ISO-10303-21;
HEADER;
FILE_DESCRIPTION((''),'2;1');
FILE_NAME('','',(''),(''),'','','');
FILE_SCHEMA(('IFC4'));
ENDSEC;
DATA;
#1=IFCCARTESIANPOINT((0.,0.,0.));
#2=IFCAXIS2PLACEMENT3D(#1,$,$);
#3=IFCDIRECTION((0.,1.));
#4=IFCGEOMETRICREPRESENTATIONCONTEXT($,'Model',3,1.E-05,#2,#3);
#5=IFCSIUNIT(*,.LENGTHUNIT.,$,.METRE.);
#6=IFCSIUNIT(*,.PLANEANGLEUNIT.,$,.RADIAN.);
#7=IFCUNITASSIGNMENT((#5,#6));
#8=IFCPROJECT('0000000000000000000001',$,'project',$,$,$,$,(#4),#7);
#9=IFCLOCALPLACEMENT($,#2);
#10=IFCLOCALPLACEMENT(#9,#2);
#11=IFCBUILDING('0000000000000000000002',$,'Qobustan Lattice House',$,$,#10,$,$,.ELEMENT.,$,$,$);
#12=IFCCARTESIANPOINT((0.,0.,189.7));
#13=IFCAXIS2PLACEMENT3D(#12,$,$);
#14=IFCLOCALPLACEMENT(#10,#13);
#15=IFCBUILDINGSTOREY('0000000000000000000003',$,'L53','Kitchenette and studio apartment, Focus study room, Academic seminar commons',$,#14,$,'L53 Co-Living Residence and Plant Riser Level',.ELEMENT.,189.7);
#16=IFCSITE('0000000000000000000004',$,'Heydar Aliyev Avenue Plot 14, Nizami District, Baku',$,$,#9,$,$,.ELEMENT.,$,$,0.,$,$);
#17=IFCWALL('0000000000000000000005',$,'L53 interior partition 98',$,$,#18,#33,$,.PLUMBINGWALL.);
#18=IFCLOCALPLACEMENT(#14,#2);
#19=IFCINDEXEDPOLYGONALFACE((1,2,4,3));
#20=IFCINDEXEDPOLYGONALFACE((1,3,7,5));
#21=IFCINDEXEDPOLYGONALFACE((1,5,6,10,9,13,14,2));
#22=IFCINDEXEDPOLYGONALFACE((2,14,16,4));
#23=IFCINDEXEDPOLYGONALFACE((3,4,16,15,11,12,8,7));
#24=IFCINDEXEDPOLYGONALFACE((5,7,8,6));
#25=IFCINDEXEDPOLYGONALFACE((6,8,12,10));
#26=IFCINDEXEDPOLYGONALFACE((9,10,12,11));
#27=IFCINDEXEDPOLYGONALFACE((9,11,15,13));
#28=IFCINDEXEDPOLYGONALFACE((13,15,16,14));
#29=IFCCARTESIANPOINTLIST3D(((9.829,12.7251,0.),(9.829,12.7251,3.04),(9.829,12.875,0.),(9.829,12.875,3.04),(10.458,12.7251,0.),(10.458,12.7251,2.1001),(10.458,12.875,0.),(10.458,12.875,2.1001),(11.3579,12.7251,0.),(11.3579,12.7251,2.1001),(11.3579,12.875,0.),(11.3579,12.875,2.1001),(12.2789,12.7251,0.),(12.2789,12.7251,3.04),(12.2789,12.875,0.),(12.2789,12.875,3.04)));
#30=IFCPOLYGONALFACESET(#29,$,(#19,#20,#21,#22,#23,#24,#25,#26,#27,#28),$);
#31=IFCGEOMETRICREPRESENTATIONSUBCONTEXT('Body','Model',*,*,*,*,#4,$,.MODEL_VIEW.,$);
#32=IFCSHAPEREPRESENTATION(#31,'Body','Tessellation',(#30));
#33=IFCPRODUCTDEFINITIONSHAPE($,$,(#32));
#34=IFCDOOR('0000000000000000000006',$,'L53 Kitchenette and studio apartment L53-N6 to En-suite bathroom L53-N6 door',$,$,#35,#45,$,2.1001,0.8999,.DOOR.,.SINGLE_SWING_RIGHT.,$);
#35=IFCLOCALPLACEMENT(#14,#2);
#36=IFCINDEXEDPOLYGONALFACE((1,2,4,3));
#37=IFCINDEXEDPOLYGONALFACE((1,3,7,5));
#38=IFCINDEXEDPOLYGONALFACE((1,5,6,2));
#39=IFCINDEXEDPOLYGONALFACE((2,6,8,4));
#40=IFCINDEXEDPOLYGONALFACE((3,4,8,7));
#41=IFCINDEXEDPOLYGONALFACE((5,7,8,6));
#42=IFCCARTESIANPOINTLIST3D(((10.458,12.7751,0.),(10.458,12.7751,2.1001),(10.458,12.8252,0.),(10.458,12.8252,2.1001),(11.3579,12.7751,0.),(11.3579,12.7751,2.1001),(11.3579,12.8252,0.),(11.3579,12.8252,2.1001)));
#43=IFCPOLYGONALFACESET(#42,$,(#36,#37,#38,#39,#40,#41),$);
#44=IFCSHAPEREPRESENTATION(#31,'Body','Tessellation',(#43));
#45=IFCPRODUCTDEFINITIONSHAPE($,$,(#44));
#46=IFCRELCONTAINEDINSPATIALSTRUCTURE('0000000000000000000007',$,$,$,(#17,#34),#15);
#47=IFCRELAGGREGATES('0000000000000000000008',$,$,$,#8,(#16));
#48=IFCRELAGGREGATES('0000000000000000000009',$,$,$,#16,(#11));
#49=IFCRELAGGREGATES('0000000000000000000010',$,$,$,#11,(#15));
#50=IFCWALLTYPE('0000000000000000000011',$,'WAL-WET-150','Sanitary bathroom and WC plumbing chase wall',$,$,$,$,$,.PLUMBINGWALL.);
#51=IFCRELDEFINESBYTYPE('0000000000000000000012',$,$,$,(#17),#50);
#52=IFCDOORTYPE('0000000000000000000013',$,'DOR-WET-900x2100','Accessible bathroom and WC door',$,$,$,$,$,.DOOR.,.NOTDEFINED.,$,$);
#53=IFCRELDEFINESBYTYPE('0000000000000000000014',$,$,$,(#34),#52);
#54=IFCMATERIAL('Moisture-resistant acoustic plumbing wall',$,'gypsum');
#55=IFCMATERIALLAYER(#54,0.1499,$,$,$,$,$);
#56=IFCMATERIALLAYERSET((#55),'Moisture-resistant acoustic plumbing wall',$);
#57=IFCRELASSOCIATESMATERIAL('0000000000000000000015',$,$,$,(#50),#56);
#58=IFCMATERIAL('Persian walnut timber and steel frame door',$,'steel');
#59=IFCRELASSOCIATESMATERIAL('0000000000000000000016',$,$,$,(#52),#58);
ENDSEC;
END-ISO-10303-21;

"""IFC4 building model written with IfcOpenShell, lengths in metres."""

from ifc_helpers import new_model, si_unit, direction, frame, frame_2d, origin, place, context, subcontext, project, spatial, rectangle, extrude, material, layer, layer_set, type_object, element, fill, save


model = new_model("IFC4")

# Units and contexts
model_context = context("Model", 3, precision=1e-05, world=origin(), true_north=direction((0.0, 1.0)))
body_context = subcontext(model_context, "Body", "Model", "MODEL_VIEW")
ifc_project = project(units=[si_unit("LENGTHUNIT", "METRE"), si_unit("PLANEANGLEUNIT", "RADIAN")], contexts=[model_context])

# Site, building, storey
site_placement = place(None, origin())
site = spatial("IfcSite", under=ifc_project, at=site_placement, Name="Heydar Aliyev Avenue Plot 14, Nizami District, Baku", CompositionType="ELEMENT", RefElevation=0.0)
building_placement = place(site_placement, origin())
building = spatial("IfcBuilding", under=site, at=building_placement, Name="Qobustan Lattice House", CompositionType="ELEMENT")
storey_placement = place(building_placement, frame((0.0, 0.0, 189.7)))
storey = spatial("IfcBuildingStorey", under=building, at=storey_placement, Name="L53", Description="Kitchenette and studio apartment, Focus study room, Academic seminar commons", LongName="L53 Co-Living Residence and Plant Riser Level", CompositionType="ELEMENT", Elevation=189.7)

# Shared definitions
ifc_material_1 = material(Name="Moisture-resistant acoustic plumbing wall", Category="gypsum")
ifc_layer_1 = layer(ifc_material_1, 0.1499)
ifc_layer_set_1 = layer_set([ifc_layer_1], Name="Moisture-resistant acoustic plumbing wall")
wall_type_1 = type_object("IfcWallType", Name="WAL-WET-150", Description="Sanitary bathroom and WC plumbing chase wall", PredefinedType="PLUMBINGWALL", material=ifc_layer_set_1)
ifc_material_2 = material(Name="Persian walnut timber and steel frame door", Category="steel")
door_type = type_object("IfcDoorType", Name="DOR-WET-900x2100", Description="Accessible bathroom and WC door", OperationType="NOTDEFINED", PredefinedType="DOOR", material=ifc_material_2)

# Wall, opening, door
wall_1_placement = place(storey_placement, frame((12.2791, 12.8, 0.0), z_axis=(0.0, 0.0, 1.0), x_axis=(-1.0, 0.0, 0.0)))
wall_1 = element("IfcWall", 1, at=wall_1_placement, inside=storey, type_object=wall_type_1, Name="L53 interior partition 98", PredefinedType="PLUMBINGWALL", context=body_context, shape_type="SweptSolid", body=[
    extrude(rectangle(XDim=2.45, YDim=0.1499, at=frame_2d((1.2251, 0.0))), origin(), (0.0, 0.0, 1.0), 3.04),
])
opening_1_placement = place(wall_1_placement, frame((0.9211, 0.0, 0.0)))
opening_1 = element("IfcOpeningElement", 2, at=opening_1_placement, cuts=wall_1, PredefinedType="OPENING", context=body_context, shape_type="SweptSolid", body=[
    extrude(rectangle(XDim=0.8999, YDim=2.1001, at=frame_2d((0.45, 1.05))), frame((0.0, 0.085, 0.0), z_axis=(0.0, -1.0, 0.0), x_axis=(1.0, 0.0, 0.0)), (0.0, 0.0, 1.0), 0.1699),
])
door_1_placement = place(opening_1_placement, origin())
door_1 = element("IfcDoor", 3, at=door_1_placement, inside=storey, type_object=door_type, Name="L53 Kitchenette and studio apartment L53-N6 to En-suite bathroom L53-N6 door", OperationType="SINGLE_SWING_RIGHT", OverallHeight=2.1001, OverallWidth=0.8999, PredefinedType="DOOR", context=body_context, shape_type="SweptSolid", body=[
    extrude(rectangle(XDim=0.8999, YDim=2.1001, at=frame_2d((0.45, 1.05))), frame((0.0, 0.0249, 0.0), z_axis=(0.0, -1.0, 0.0), x_axis=(1.0, 0.0, 0.0)), (0.0, 0.0, 1.0), 0.05),
])
fill(opening_1, door_1)

save(model, "model.ifc")
